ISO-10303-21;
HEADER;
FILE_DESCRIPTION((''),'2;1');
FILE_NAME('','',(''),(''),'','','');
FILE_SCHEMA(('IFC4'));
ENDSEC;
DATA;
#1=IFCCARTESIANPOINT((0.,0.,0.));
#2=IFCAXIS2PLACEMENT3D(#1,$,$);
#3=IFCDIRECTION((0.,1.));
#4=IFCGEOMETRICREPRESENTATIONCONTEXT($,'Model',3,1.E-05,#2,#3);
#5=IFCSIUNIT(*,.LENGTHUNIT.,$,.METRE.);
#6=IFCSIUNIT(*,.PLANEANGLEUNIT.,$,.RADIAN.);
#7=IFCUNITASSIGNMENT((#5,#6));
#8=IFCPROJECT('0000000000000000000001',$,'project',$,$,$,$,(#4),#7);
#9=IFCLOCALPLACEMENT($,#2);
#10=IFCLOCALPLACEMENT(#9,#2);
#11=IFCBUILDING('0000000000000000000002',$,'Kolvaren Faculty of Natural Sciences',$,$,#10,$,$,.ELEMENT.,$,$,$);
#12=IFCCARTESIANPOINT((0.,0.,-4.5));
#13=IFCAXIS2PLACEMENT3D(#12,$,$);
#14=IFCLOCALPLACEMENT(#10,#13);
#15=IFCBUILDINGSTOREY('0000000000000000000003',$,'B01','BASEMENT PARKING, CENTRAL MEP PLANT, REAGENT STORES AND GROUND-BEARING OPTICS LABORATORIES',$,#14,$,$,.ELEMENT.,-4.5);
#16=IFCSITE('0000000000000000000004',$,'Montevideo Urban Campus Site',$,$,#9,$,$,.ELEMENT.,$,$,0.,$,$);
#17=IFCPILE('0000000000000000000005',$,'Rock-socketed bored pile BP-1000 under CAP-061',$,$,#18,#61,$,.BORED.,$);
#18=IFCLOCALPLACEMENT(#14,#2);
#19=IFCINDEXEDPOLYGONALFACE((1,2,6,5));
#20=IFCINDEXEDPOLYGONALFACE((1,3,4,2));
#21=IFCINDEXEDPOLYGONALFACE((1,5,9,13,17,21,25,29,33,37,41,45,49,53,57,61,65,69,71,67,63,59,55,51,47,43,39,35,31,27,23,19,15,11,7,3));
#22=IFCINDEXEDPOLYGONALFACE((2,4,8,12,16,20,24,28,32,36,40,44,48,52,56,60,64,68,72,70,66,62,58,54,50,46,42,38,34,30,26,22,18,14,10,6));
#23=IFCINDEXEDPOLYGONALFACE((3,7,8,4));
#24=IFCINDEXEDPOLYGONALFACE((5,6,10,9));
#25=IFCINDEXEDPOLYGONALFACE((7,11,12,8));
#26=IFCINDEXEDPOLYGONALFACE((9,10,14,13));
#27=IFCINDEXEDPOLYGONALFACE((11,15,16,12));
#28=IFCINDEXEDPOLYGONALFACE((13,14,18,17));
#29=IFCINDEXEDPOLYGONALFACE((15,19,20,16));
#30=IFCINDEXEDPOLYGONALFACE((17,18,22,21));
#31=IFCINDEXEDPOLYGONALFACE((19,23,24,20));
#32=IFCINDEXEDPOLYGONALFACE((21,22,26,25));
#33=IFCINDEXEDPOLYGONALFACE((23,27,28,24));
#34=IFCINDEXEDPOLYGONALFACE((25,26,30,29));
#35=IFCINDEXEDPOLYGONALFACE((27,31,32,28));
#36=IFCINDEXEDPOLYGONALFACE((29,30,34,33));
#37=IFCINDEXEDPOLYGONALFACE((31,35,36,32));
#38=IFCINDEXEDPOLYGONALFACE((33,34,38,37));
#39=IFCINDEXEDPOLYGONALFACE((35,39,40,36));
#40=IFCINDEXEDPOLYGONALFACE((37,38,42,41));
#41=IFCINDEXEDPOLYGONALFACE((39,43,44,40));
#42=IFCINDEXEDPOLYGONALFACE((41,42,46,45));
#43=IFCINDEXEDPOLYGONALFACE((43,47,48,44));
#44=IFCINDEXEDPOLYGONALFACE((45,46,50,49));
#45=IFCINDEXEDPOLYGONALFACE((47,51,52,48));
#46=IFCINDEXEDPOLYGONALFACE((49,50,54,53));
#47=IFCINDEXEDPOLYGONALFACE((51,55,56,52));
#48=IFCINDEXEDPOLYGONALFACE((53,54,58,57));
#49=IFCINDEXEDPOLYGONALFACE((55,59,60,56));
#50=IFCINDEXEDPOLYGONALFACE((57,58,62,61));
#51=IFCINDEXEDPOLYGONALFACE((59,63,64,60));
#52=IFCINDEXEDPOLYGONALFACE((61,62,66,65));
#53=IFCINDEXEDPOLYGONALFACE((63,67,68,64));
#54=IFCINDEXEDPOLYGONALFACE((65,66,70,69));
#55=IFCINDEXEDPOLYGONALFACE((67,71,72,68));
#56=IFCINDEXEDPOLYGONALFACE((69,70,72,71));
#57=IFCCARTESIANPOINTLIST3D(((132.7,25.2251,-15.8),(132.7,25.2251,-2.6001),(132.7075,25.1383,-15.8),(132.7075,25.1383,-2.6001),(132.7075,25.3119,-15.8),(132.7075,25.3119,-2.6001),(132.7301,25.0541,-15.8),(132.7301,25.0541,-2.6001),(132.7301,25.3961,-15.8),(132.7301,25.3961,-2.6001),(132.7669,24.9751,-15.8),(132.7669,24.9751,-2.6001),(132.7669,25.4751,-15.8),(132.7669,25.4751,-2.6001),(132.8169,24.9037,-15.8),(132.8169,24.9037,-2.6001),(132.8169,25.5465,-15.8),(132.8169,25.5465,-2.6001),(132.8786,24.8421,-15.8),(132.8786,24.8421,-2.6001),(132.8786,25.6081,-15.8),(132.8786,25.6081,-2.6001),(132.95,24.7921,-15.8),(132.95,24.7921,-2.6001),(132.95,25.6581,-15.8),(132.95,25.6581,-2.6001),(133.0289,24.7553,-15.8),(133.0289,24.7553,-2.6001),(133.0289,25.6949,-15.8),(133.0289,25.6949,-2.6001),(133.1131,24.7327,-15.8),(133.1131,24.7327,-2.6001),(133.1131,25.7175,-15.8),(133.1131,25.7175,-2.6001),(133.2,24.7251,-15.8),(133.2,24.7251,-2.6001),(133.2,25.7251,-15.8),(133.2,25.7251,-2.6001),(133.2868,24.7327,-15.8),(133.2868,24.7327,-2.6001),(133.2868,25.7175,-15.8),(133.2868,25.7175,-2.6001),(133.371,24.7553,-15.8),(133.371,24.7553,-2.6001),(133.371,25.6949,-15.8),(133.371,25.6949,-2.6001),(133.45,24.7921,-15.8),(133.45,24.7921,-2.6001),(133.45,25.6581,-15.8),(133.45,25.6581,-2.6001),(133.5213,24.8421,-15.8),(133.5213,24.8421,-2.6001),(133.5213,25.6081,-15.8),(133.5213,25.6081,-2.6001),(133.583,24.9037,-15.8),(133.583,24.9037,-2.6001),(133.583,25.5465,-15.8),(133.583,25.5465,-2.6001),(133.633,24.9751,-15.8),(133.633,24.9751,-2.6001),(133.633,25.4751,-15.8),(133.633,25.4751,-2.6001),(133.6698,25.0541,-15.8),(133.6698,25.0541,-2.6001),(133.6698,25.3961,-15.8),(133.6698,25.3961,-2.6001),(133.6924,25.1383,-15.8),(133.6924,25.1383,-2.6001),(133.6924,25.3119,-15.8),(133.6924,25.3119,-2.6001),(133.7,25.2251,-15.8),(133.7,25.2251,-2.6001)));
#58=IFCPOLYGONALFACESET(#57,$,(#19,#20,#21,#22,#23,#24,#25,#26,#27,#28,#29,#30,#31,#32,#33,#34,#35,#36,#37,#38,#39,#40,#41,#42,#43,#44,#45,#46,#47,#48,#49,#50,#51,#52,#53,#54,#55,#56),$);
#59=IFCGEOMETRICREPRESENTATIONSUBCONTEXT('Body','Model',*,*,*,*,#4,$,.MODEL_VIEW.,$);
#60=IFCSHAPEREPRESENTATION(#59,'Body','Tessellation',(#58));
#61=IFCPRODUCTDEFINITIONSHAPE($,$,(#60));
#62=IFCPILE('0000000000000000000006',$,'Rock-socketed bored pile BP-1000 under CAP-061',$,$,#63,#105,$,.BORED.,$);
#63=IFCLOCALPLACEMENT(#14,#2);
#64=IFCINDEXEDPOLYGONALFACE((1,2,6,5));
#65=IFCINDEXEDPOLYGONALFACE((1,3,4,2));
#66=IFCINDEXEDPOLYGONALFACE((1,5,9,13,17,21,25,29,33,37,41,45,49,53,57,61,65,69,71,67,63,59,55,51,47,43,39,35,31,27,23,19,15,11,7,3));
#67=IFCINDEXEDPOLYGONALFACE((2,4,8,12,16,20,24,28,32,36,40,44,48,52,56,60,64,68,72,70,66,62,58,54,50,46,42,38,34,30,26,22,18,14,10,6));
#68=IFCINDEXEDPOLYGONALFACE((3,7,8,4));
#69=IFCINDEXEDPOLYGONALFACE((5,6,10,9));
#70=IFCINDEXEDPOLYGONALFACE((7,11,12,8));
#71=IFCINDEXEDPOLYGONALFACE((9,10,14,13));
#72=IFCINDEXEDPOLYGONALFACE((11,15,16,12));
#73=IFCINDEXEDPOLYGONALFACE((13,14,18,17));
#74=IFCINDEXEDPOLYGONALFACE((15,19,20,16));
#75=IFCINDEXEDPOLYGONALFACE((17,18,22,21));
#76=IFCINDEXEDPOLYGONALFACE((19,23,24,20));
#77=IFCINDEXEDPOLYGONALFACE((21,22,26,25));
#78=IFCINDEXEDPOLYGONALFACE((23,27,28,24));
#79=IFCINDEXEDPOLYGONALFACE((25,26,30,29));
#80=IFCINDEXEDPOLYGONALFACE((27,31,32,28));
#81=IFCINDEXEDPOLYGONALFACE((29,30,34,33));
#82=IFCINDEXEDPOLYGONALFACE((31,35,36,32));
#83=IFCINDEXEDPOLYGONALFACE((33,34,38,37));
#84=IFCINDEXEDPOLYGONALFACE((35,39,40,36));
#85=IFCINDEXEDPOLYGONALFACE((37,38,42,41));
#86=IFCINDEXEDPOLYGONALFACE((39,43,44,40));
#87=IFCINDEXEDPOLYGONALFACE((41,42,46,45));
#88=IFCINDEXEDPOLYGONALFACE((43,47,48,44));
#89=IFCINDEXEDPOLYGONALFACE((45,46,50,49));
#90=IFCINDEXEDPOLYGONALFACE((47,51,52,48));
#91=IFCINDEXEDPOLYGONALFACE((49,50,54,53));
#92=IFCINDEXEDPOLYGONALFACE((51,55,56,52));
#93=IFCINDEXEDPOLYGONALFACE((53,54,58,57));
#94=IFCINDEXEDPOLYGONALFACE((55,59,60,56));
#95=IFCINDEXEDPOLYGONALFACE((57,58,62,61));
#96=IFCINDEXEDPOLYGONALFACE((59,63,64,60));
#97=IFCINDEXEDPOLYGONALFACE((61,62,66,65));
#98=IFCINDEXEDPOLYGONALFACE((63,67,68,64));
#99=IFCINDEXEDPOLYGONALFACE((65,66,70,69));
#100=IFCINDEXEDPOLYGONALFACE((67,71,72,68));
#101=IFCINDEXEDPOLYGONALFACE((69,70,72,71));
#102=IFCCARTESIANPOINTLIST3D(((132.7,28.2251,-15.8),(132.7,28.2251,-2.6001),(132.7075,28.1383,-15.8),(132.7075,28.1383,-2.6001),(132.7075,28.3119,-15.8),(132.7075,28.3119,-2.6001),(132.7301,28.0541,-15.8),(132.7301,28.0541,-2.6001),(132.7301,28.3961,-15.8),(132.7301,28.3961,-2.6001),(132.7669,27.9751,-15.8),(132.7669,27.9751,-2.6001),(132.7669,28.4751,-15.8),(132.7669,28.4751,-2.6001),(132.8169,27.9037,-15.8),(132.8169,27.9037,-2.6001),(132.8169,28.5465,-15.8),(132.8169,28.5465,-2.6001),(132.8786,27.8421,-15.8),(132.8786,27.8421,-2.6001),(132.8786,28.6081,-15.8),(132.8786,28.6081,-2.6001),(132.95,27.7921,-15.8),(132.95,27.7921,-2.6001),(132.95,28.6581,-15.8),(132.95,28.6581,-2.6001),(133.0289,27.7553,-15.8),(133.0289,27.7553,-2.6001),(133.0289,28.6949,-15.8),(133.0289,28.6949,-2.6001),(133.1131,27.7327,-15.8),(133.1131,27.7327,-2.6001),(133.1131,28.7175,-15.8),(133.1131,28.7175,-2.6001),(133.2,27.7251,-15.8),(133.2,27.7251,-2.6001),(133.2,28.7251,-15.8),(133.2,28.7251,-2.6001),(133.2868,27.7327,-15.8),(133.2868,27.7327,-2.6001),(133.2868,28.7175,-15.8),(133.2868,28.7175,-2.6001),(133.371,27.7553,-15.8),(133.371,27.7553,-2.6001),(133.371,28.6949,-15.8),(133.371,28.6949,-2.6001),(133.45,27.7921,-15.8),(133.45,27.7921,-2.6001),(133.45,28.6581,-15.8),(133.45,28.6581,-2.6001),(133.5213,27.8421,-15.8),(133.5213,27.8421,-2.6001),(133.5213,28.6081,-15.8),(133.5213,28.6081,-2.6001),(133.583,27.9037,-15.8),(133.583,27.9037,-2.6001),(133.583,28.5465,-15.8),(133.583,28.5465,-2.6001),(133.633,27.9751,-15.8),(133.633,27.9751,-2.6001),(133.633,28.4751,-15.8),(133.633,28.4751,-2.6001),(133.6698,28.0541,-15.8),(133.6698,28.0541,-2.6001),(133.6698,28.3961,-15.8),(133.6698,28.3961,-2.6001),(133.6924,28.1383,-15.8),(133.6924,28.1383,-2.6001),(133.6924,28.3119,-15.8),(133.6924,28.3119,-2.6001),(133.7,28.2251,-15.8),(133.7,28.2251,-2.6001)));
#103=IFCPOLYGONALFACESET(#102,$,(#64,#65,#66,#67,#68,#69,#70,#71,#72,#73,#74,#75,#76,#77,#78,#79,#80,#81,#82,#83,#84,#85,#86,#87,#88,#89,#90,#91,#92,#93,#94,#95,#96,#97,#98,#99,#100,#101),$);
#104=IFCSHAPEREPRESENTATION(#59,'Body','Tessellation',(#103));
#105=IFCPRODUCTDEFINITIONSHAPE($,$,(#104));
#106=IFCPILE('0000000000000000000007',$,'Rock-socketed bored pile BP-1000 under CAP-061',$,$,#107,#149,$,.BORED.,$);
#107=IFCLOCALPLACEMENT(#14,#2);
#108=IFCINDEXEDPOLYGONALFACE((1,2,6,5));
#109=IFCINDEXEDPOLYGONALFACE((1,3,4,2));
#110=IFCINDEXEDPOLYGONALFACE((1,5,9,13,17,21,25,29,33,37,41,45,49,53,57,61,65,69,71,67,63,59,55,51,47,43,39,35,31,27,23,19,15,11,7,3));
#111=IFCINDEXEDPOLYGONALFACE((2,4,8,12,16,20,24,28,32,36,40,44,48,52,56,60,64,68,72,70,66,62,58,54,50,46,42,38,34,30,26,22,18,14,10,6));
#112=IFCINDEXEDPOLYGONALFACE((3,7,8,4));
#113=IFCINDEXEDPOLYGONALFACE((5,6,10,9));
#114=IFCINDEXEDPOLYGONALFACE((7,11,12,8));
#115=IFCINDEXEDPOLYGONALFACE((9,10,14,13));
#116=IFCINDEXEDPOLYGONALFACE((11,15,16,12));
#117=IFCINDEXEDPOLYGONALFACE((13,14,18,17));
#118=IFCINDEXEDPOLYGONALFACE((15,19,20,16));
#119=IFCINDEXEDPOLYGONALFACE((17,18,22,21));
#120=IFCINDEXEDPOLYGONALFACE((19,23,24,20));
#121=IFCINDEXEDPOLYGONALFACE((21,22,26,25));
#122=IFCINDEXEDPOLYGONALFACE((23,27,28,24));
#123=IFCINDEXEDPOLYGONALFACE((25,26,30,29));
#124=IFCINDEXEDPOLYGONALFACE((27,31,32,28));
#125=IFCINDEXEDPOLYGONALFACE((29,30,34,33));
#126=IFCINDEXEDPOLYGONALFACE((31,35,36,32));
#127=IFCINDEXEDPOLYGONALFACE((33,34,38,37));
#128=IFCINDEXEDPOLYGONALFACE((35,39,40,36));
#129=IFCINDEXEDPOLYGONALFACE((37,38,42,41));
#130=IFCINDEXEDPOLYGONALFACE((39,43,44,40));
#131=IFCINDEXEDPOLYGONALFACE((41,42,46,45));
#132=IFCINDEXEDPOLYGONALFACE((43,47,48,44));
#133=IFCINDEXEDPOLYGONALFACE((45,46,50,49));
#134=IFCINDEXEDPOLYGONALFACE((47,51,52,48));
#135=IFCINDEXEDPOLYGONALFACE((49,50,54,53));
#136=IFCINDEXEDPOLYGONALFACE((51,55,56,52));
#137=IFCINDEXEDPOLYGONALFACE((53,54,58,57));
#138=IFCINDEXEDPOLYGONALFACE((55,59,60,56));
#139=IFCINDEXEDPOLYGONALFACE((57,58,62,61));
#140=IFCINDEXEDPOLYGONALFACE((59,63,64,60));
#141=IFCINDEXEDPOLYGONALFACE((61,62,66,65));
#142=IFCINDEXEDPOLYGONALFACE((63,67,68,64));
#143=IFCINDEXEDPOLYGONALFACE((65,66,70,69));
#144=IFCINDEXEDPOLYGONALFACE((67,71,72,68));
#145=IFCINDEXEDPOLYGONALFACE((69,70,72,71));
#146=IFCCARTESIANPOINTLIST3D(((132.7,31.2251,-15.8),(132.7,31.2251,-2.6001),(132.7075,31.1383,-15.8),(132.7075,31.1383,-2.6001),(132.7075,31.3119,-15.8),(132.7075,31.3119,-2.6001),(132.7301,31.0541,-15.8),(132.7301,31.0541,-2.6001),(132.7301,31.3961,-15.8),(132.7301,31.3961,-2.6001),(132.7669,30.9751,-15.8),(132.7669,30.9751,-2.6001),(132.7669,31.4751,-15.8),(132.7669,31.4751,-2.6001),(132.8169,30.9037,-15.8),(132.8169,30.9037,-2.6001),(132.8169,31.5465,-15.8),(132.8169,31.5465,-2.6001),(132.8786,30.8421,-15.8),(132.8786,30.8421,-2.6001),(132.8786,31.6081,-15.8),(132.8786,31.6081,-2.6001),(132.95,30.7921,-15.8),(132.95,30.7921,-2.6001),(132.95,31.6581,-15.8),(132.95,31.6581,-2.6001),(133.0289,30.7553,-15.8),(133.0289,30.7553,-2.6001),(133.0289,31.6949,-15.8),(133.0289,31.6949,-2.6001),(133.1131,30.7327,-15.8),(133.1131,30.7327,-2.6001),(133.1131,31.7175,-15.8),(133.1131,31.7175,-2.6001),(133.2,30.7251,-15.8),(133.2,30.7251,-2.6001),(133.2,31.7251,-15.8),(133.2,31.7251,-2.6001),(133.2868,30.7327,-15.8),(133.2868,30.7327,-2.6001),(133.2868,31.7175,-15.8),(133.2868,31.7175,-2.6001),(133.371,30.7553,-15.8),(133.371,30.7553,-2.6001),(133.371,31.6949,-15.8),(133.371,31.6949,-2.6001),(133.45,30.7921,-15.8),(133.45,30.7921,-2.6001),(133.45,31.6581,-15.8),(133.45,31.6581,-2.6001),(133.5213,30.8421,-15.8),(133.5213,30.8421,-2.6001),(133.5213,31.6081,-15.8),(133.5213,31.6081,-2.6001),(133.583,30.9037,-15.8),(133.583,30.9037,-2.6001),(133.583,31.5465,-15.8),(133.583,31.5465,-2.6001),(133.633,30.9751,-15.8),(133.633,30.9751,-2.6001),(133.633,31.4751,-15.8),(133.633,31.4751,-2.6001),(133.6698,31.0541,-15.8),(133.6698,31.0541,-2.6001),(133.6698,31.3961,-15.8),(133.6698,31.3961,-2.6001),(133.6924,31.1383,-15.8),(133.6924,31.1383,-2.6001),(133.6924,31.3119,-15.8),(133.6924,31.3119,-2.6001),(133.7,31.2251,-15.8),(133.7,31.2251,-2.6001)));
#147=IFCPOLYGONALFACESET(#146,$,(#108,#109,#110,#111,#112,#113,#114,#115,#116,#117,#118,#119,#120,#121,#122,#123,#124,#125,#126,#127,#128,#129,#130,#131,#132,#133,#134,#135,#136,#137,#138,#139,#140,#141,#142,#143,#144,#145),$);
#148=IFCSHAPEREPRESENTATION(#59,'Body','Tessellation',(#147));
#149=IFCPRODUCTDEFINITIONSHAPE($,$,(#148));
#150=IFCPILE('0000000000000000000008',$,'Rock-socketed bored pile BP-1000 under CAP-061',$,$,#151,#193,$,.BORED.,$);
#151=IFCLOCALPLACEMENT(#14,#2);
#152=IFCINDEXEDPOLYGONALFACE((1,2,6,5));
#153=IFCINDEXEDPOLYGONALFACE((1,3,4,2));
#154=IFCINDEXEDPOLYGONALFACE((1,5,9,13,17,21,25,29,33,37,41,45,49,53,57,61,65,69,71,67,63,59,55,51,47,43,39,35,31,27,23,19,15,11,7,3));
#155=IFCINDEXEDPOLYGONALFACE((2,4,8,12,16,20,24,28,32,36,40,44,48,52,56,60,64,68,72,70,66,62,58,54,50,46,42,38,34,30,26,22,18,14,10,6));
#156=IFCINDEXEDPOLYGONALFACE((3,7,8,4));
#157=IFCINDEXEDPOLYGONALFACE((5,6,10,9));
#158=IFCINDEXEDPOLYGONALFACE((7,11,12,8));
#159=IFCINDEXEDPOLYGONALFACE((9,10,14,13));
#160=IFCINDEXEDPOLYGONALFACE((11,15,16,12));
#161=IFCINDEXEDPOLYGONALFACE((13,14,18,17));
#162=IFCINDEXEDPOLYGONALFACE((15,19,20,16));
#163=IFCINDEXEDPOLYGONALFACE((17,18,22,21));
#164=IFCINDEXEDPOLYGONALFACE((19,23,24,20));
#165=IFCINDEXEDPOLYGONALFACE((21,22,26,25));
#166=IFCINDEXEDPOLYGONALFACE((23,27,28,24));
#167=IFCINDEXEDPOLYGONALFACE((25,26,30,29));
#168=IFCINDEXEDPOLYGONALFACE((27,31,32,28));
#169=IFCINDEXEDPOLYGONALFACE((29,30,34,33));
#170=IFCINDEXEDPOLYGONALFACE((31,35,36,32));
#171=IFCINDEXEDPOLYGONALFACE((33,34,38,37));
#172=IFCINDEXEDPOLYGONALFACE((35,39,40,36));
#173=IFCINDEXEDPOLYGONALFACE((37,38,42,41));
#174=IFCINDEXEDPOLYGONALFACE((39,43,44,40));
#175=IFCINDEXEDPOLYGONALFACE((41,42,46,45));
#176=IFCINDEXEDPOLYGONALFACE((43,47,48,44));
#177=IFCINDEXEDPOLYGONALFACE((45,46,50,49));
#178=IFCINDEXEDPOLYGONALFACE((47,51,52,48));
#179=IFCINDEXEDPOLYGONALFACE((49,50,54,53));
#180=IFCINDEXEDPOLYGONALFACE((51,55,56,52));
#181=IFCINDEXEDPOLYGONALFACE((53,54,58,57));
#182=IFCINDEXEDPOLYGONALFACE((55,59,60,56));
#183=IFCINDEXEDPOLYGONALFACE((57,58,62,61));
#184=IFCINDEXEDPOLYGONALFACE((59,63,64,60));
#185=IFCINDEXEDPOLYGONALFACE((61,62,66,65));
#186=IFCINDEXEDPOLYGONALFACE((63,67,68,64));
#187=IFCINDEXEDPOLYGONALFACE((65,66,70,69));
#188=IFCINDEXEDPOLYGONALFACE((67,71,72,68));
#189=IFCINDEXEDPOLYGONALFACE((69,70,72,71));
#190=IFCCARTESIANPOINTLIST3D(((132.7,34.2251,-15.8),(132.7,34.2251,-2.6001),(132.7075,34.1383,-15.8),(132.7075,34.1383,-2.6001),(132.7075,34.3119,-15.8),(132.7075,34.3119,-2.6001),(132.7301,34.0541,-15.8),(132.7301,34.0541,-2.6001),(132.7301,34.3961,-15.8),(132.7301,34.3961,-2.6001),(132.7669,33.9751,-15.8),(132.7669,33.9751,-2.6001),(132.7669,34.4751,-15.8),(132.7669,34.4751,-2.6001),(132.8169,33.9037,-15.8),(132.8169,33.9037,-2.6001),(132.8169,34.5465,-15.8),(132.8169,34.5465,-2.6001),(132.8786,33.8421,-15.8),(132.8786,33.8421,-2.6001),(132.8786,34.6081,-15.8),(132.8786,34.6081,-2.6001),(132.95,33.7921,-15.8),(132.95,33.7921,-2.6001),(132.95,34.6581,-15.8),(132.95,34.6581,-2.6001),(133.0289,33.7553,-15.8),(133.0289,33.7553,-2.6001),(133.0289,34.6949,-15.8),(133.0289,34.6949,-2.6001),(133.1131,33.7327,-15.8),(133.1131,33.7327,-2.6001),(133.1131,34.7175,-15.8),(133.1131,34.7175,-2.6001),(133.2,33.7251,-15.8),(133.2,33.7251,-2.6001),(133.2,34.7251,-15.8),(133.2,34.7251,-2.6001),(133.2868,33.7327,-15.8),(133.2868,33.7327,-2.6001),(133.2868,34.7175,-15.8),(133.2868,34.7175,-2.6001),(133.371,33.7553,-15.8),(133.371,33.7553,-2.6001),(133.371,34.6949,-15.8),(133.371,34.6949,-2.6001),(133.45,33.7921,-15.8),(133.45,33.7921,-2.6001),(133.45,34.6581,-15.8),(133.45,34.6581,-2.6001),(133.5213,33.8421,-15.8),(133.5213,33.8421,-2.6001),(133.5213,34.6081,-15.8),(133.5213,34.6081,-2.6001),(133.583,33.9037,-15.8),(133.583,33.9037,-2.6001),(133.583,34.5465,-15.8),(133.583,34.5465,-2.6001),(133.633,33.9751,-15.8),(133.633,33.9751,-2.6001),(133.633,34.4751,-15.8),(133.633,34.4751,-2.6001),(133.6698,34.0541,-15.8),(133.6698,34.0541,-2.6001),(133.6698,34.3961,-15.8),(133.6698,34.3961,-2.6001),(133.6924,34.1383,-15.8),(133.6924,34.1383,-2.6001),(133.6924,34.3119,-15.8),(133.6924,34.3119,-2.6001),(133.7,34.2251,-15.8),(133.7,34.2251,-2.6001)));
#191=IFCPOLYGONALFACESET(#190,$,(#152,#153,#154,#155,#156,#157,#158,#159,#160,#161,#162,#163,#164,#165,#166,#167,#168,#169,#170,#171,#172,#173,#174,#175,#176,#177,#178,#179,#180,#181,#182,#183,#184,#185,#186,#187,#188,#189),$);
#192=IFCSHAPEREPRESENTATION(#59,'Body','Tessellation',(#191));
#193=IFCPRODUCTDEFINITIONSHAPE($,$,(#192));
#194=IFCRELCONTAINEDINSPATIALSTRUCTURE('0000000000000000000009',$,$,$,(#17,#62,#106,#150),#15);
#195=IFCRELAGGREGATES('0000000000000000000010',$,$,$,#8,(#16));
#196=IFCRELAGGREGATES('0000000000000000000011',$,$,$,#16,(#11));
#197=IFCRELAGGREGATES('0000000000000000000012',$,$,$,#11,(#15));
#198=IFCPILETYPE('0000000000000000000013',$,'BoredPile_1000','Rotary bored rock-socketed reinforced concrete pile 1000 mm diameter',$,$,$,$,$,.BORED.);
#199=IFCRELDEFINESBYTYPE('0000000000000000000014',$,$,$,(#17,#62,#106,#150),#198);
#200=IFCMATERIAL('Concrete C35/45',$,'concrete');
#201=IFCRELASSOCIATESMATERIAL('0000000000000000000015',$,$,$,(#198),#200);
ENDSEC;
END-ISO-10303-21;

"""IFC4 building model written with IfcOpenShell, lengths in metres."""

from ifc_helpers import new_model, si_unit, direction, frame, origin, origin_2d, place, context, subcontext, project, spatial, circle, extrude, material, material_profile, profile_set, type_object, element, save


model = new_model("IFC4")

# Units and contexts
model_context = context("Model", 3, precision=1e-05, world=origin(), true_north=direction((0.0, 1.0)))
body_context = subcontext(model_context, "Body", "Model", "MODEL_VIEW")
ifc_project = project(units=[si_unit("LENGTHUNIT", "METRE"), si_unit("PLANEANGLEUNIT", "RADIAN")], contexts=[model_context])

# Site, building, storey
site_placement = place(None, origin())
site = spatial("IfcSite", under=ifc_project, at=site_placement, Name="Montevideo Urban Campus Site", CompositionType="ELEMENT", RefElevation=0.0)
building_placement = place(site_placement, origin())
building = spatial("IfcBuilding", under=site, at=building_placement, Name="Kolvaren Faculty of Natural Sciences", CompositionType="ELEMENT")
storey_placement = place(building_placement, frame((0.0, 0.0, -4.5)))
storey = spatial("IfcBuildingStorey", under=building, at=storey_placement, Name="B01", Description="BASEMENT PARKING, CENTRAL MEP PLANT, REAGENT STORES AND GROUND-BEARING OPTICS LABORATORIES", CompositionType="ELEMENT", Elevation=-4.5)

# Piles
ifc_material_1 = material(Name="Concrete C35/45", Category="concrete")
ifc_material_profile_1 = material_profile(ifc_material_1, circle(Radius=0.5, at=origin_2d()), Name="PILE D1000")
ifc_profile_set_1 = profile_set([ifc_material_profile_1], Name="Concrete C35/45")
pile_type = type_object("IfcPileType", Name="BoredPile_1000", Description="Rotary bored rock-socketed reinforced concrete pile 1000 mm diameter", PredefinedType="BORED", material=ifc_profile_set_1)
for number, where, z_axis, x_axis, name in (
    (1, (133.2, 25.2251, -2.6001), (0.0, 0.0, -1.0), (1.0, 0.0, 0.0), "Rock-socketed bored pile BP-1000 under CAP-061"),
    (2, (133.2, 28.2251, -2.6001), (0.0, 0.0, -1.0), (1.0, 0.0, 0.0), "Rock-socketed bored pile BP-1000 under CAP-061"),
    (3, (133.2, 31.2251, -2.6001), (0.0, 0.0, -1.0), (1.0, 0.0, 0.0), "Rock-socketed bored pile BP-1000 under CAP-061"),
    (4, (133.2, 34.2251, -2.6001), (0.0, 0.0, -1.0), (1.0, 0.0, 0.0), "Rock-socketed bored pile BP-1000 under CAP-061"),
):
    element("IfcPile", number, at=place(storey_placement, frame(where, z_axis=z_axis, x_axis=x_axis)), inside=storey, type_object=pile_type, Name=name, PredefinedType="BORED", context=body_context, shape_type="SweptSolid", body=[
        extrude(circle(Radius=0.5, at=origin_2d()), origin(), (0.0, 0.0, 1.0), 13.2),
    ])

save(model, "model.ifc")
